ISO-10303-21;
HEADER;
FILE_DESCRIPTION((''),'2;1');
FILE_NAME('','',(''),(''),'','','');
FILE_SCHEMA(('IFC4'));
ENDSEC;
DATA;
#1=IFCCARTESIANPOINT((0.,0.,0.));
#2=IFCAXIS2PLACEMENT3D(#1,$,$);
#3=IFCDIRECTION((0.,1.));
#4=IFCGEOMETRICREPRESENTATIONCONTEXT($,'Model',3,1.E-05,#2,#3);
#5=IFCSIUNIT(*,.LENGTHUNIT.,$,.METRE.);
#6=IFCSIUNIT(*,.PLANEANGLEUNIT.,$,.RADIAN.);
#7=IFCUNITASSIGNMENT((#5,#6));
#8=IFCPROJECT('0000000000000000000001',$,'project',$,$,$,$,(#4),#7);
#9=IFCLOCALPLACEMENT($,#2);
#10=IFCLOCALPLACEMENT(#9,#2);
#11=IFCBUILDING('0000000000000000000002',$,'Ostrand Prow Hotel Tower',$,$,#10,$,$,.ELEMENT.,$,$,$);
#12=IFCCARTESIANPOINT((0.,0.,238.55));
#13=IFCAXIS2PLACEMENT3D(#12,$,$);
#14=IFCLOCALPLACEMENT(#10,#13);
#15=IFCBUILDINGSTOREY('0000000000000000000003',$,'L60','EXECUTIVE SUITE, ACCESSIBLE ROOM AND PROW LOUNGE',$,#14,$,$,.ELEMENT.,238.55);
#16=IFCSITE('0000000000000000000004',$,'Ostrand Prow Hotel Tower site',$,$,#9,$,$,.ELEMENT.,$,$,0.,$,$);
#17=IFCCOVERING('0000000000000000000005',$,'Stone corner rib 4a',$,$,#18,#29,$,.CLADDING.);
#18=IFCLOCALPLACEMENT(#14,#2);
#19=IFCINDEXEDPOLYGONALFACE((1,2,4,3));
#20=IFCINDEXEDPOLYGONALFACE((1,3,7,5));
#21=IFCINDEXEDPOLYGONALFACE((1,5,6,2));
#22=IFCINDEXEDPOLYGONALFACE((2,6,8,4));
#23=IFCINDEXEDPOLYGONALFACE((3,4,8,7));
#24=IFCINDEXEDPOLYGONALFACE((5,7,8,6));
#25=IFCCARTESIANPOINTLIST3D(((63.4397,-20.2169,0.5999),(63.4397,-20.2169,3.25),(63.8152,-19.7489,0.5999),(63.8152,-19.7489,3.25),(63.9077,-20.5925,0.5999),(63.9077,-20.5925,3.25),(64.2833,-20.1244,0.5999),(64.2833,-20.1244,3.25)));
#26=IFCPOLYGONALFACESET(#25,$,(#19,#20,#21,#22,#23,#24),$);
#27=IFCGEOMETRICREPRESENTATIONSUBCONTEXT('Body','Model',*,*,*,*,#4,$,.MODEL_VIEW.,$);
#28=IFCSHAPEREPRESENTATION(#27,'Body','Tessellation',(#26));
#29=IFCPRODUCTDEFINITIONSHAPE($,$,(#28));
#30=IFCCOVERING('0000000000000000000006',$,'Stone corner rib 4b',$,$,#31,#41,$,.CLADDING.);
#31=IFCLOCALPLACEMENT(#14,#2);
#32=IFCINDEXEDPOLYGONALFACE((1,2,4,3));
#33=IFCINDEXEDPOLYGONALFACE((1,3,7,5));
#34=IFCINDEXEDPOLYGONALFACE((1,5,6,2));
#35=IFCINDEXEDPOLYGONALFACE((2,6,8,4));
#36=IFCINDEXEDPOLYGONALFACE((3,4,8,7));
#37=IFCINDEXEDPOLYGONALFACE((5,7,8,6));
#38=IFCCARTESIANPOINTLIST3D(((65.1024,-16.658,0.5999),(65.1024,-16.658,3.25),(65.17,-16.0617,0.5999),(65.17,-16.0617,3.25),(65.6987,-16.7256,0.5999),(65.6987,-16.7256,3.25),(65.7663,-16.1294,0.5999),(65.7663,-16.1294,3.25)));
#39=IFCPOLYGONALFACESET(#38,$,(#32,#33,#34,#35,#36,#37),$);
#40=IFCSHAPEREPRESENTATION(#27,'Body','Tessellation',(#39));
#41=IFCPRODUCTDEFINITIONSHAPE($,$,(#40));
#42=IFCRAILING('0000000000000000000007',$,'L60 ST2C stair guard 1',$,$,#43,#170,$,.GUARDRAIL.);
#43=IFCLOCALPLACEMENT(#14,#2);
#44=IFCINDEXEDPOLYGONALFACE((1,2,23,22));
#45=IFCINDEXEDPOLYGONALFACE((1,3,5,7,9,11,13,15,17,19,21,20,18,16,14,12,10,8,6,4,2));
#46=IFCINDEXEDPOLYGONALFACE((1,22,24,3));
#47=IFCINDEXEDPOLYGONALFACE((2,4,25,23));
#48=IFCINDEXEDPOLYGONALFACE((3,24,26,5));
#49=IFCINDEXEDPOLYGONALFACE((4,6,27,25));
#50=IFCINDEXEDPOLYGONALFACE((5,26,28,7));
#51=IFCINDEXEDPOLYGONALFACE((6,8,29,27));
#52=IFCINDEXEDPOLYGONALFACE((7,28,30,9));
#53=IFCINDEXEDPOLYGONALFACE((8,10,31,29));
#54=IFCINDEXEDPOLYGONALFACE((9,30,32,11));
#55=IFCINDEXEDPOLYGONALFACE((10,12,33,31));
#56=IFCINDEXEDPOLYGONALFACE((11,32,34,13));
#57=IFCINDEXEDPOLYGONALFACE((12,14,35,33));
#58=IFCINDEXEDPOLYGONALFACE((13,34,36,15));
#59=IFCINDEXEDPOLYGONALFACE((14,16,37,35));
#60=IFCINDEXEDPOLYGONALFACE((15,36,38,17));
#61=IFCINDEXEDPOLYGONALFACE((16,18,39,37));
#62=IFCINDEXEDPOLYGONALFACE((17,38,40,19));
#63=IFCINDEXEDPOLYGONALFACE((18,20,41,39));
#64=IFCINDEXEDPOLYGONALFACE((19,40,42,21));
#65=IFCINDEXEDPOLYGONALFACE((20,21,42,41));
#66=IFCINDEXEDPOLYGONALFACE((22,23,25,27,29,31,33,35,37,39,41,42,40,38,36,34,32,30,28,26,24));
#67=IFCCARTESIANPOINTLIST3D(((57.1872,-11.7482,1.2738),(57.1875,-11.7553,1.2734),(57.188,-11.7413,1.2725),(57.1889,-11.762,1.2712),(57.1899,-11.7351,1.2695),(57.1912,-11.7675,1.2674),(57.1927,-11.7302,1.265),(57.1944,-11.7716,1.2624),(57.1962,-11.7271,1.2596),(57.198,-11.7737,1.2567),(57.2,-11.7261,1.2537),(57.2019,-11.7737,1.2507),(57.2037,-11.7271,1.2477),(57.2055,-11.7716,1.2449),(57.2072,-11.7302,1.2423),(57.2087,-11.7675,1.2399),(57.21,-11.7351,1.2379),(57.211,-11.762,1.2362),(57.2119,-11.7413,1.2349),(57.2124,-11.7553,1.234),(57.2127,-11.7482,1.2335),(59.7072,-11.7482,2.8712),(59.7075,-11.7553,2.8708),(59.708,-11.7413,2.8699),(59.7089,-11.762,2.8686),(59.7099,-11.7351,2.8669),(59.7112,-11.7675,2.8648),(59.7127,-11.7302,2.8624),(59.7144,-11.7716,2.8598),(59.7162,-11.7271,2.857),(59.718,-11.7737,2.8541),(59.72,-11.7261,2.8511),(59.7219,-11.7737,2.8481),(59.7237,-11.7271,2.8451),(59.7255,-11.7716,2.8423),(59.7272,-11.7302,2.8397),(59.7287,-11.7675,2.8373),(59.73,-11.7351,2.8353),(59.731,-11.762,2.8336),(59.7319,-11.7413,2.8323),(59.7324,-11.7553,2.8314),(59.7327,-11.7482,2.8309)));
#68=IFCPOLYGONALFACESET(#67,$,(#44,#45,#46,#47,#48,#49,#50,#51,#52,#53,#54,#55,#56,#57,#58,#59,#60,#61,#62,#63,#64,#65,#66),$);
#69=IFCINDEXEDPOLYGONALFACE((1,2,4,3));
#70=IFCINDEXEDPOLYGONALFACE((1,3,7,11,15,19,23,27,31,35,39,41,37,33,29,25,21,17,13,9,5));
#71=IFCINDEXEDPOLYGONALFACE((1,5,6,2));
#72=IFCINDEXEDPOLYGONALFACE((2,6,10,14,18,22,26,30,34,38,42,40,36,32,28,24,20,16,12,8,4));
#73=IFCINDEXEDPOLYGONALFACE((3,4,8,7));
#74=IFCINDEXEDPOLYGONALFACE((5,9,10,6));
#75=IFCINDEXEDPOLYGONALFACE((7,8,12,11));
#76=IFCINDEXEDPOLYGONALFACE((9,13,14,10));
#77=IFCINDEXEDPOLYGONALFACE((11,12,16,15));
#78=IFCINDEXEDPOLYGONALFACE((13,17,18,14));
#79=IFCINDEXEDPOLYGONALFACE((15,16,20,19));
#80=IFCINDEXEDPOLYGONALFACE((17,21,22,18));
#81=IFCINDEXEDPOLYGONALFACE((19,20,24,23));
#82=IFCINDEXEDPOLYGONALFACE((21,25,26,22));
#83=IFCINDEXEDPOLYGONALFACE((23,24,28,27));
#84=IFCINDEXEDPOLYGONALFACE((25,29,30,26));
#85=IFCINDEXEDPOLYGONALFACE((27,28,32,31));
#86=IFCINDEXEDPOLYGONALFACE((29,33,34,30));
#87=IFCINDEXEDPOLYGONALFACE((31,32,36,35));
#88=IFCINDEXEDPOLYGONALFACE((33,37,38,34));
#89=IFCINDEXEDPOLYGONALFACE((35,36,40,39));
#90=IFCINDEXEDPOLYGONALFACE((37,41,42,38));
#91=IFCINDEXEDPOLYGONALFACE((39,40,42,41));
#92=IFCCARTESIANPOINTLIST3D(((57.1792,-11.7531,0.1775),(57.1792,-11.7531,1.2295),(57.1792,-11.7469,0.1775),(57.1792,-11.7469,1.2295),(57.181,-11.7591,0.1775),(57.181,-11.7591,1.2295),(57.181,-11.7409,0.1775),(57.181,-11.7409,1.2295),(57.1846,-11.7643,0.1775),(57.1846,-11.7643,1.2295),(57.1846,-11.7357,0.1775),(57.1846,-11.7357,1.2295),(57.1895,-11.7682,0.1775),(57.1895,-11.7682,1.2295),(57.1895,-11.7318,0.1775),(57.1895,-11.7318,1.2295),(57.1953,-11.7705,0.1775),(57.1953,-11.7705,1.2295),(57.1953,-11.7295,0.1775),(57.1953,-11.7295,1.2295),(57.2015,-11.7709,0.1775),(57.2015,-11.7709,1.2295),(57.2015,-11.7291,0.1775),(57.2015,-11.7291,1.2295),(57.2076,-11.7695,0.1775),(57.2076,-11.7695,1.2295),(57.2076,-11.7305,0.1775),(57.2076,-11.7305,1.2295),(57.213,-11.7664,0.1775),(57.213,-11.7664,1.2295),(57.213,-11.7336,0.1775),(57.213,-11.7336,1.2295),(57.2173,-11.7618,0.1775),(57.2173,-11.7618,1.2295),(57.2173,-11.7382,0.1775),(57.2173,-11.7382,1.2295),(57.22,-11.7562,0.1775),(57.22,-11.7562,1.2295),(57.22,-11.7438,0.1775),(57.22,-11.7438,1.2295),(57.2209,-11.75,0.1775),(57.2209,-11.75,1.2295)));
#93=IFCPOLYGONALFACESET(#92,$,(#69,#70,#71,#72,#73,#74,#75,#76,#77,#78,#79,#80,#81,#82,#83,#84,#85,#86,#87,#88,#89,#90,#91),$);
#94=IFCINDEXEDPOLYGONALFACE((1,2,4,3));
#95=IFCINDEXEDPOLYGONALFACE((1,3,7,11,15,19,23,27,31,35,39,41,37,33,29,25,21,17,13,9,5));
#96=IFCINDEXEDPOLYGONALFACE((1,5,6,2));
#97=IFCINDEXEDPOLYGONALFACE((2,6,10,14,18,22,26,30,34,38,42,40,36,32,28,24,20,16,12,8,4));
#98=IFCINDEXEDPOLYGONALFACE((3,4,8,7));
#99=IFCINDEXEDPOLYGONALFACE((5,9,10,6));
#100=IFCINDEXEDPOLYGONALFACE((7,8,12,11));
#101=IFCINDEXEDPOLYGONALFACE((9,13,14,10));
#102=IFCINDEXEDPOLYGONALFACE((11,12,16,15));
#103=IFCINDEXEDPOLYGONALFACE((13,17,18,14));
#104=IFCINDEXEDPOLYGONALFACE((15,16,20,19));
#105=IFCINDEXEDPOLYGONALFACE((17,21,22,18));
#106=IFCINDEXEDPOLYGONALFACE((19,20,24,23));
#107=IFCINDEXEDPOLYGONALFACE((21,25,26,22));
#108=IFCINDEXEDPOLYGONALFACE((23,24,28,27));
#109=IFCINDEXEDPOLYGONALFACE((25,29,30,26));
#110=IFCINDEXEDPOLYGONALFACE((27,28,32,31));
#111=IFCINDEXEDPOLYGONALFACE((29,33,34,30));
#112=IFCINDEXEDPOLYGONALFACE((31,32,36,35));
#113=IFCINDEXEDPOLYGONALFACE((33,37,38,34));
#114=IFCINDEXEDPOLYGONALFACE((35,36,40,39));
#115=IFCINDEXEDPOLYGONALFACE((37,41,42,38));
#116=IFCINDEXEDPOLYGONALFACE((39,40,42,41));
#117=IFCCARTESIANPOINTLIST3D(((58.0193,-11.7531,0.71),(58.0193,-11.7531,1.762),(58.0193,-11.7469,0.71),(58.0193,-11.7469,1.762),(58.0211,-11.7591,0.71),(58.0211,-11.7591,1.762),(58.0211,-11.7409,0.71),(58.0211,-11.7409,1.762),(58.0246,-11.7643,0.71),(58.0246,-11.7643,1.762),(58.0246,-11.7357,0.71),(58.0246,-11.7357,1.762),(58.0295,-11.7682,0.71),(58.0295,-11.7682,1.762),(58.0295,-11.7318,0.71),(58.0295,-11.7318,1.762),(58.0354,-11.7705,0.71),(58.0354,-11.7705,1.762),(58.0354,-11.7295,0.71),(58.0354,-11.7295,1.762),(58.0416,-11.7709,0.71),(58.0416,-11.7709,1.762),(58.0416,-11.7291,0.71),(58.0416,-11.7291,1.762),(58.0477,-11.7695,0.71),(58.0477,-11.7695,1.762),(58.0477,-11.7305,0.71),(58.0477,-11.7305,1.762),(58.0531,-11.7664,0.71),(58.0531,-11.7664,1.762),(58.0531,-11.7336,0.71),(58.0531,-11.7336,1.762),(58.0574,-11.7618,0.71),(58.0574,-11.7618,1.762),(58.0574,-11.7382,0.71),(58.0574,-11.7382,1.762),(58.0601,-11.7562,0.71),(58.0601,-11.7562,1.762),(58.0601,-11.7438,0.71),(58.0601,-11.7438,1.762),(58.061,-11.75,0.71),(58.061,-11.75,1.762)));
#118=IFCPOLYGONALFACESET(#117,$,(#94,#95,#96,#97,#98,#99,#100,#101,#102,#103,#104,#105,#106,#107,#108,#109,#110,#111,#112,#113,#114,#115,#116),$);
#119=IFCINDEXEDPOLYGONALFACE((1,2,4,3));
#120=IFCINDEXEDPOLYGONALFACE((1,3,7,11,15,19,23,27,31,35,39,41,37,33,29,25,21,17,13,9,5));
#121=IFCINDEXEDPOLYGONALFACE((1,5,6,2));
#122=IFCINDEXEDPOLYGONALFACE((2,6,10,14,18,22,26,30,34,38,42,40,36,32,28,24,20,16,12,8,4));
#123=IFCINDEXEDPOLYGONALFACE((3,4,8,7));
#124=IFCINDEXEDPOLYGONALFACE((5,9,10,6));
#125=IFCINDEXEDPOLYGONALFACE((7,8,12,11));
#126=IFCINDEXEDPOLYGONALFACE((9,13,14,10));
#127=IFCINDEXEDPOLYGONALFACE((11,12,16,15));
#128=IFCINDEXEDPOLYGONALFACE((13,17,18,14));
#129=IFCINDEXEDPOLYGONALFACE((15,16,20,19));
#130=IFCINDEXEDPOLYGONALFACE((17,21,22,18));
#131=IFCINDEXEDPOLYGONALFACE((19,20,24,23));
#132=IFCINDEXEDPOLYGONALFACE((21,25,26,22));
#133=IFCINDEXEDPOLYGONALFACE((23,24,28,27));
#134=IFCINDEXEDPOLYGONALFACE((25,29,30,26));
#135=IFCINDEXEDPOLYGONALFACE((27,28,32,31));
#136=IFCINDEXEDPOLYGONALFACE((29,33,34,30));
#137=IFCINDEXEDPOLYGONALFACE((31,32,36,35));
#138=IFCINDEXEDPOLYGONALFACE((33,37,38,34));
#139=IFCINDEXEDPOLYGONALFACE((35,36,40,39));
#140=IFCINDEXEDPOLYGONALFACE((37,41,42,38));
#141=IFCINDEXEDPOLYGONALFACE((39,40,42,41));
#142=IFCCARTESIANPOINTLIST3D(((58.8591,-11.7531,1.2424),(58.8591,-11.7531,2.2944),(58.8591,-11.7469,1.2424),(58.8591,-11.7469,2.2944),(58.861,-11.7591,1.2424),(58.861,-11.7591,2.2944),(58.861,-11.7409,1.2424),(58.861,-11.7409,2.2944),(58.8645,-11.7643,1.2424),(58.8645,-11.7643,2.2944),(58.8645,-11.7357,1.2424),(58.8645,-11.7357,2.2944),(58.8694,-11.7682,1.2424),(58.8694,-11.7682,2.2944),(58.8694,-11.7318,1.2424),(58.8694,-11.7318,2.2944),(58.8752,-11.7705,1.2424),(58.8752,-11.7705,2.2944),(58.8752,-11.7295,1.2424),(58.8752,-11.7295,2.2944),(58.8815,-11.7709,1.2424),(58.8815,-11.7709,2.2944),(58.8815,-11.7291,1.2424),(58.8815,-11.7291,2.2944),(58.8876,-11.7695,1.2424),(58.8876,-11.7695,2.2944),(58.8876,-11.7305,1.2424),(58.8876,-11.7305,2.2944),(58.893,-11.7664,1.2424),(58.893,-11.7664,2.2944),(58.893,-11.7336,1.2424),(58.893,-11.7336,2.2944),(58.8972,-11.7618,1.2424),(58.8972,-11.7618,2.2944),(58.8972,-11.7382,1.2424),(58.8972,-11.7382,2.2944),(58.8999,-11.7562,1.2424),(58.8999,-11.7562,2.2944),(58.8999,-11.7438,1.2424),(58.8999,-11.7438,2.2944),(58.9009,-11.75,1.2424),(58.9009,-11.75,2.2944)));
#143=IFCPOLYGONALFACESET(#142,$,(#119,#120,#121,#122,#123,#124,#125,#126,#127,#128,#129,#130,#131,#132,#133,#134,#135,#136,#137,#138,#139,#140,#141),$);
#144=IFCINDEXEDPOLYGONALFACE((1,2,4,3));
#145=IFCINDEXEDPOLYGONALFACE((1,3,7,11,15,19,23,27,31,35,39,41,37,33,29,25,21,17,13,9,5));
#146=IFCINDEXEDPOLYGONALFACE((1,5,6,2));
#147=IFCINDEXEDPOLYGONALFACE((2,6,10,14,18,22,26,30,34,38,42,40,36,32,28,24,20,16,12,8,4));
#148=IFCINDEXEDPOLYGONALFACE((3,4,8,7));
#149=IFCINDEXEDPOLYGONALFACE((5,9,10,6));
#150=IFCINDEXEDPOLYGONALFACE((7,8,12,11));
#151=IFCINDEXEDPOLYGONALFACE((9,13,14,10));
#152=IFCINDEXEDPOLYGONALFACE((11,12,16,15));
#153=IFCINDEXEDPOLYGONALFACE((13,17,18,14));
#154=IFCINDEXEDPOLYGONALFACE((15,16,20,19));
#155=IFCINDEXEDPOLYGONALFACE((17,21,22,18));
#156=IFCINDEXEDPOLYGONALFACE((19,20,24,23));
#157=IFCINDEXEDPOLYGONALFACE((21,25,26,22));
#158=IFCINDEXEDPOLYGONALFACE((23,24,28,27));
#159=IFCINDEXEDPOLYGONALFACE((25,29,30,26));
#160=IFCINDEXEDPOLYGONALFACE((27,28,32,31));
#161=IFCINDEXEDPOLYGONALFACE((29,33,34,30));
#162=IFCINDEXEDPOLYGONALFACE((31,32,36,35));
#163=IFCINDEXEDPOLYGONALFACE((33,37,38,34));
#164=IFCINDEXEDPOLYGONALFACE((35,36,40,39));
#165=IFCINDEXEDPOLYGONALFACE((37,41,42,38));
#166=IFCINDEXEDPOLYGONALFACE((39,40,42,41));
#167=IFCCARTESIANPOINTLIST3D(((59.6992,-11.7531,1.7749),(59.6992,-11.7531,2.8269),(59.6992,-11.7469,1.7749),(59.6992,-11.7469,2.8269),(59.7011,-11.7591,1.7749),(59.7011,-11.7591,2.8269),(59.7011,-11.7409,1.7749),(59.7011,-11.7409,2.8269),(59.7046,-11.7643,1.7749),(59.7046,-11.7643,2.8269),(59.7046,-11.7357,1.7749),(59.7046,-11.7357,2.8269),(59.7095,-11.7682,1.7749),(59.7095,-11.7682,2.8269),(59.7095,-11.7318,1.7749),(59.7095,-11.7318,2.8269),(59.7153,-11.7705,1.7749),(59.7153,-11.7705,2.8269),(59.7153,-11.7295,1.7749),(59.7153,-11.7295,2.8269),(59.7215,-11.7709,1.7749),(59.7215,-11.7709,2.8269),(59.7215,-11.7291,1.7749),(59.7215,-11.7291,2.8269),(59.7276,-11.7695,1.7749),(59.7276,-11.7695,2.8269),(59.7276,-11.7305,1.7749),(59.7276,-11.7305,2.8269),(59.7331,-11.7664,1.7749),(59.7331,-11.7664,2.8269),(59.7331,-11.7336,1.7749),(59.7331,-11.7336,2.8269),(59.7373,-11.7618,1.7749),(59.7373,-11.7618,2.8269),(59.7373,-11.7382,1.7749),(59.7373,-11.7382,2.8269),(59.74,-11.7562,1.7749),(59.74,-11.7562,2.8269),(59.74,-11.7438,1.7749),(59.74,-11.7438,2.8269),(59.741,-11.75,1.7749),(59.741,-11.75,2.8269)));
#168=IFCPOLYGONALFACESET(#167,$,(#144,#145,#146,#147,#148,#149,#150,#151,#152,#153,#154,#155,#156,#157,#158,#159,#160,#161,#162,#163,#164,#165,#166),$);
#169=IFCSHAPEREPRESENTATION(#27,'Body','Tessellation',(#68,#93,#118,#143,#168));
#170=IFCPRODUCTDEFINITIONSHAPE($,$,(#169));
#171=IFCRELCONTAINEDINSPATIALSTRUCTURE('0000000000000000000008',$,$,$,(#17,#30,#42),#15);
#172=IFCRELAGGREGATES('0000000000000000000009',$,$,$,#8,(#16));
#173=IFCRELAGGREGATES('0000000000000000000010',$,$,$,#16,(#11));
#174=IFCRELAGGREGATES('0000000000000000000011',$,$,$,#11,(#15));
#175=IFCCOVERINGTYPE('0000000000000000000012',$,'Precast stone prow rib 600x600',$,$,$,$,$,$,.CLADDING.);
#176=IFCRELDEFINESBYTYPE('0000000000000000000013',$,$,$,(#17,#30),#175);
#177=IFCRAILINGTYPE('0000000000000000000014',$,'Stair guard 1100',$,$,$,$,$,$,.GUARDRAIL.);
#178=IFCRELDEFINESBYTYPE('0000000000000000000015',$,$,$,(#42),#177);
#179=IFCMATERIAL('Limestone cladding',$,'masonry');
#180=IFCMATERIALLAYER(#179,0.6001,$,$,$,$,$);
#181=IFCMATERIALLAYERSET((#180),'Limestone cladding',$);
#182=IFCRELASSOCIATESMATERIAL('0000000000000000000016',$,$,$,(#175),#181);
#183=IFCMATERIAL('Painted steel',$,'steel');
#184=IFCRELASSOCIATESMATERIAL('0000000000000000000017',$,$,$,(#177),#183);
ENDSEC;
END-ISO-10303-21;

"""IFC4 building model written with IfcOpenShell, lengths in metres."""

from ifc_helpers import new_model, si_unit, direction, frame, frame_2d, origin, origin_2d, place, context, subcontext, project, spatial, rectangle, circle, extrude, material, layer, layer_set, type_object, element, save


model = new_model("IFC4")

# Units and contexts
model_context = context("Model", 3, precision=1e-05, world=origin(), true_north=direction((0.0, 1.0)))
body_context = subcontext(model_context, "Body", "Model", "MODEL_VIEW")
ifc_project = project(units=[si_unit("LENGTHUNIT", "METRE"), si_unit("PLANEANGLEUNIT", "RADIAN")], contexts=[model_context])

# Site, building, storey
site_placement = place(None, origin())
site = spatial("IfcSite", under=ifc_project, at=site_placement, Name="Ostrand Prow Hotel Tower site", CompositionType="ELEMENT", RefElevation=0.0)
building_placement = place(site_placement, origin())
building = spatial("IfcBuilding", under=site, at=building_placement, Name="Ostrand Prow Hotel Tower", CompositionType="ELEMENT")
storey_placement = place(building_placement, frame((0.0, 0.0, 238.55)))
storey = spatial("IfcBuildingStorey", under=building, at=storey_placement, Name="L60", Description="EXECUTIVE SUITE, ACCESSIBLE ROOM AND PROW LOUNGE", CompositionType="ELEMENT", Elevation=238.55)

# Coverings
ifc_material_1 = material(Name="Limestone cladding", Category="masonry")
ifc_layer_1 = layer(ifc_material_1, 0.6001)
ifc_layer_set_1 = layer_set([ifc_layer_1], Name="Limestone cladding")
covering_type = type_object("IfcCoveringType", Name="Precast stone prow rib 600x600", PredefinedType="CLADDING", material=ifc_layer_set_1)
for number, where, z_axis, x_axis, name in (
    (1, (63.6274, -19.9829, 0.5999), (0.0, 0.0, 1.0), (0.779995, -0.625786, 0.0), "Stone corner rib 4a"),
    (2, (65.1362, -16.3599, 0.5999), (0.0, 0.0, 1.0), (0.993628, -0.112709, 0.0), "Stone corner rib 4b"),
):
    element("IfcCovering", number, at=place(storey_placement, frame(where, z_axis=z_axis, x_axis=x_axis)), inside=storey, type_object=covering_type, Name=name, PredefinedType="CLADDING", context=body_context, shape_type="SweptSolid", body=[
        extrude(rectangle(XDim=0.6001, YDim=0.6001, at=frame_2d((0.3, 0.0))), origin(), (0.0, 0.0, 1.0), 2.6501),
    ])

# Railing
ifc_material_2 = material(Name="Painted steel", Category="steel")
railing_type_1 = type_object("IfcRailingType", Name="Stair guard 1100", PredefinedType="GUARDRAIL", material=ifc_material_2)
railing_1_placement = place(storey_placement, frame((57.2, -11.75, 0.1775)))
element("IfcRailing", 3, at=railing_1_placement, inside=storey, type_object=railing_type_1, Name="L60 ST2C stair guard 1", PredefinedType="GUARDRAIL", context=body_context, shape_type="SweptSolid", body=[
    extrude(circle(Radius=0.0239, at=origin_2d()), frame((0.0, 0.0, 1.0762), z_axis=(0.844607, 0.0, 0.535387), x_axis=(0.0, 1.0, 0.0)), (0.0, 0.0, 1.0), 2.9836),
    extrude(circle(Radius=0.021, at=origin_2d()), origin(), (0.0, 0.0, 1.0), 1.052),
    extrude(circle(Radius=0.021, at=origin_2d()), frame((0.8401, 0.0, 0.5325)), (0.0, 0.0, 1.0), 1.052),
    extrude(circle(Radius=0.021, at=origin_2d()), frame((1.6799, 0.0, 1.0649)), (0.0, 0.0, 1.0), 1.052),
    extrude(circle(Radius=0.021, at=origin_2d()), frame((2.52, 0.0, 1.5974)), (0.0, 0.0, 1.0), 1.052),
])

save(model, "model.ifc")
